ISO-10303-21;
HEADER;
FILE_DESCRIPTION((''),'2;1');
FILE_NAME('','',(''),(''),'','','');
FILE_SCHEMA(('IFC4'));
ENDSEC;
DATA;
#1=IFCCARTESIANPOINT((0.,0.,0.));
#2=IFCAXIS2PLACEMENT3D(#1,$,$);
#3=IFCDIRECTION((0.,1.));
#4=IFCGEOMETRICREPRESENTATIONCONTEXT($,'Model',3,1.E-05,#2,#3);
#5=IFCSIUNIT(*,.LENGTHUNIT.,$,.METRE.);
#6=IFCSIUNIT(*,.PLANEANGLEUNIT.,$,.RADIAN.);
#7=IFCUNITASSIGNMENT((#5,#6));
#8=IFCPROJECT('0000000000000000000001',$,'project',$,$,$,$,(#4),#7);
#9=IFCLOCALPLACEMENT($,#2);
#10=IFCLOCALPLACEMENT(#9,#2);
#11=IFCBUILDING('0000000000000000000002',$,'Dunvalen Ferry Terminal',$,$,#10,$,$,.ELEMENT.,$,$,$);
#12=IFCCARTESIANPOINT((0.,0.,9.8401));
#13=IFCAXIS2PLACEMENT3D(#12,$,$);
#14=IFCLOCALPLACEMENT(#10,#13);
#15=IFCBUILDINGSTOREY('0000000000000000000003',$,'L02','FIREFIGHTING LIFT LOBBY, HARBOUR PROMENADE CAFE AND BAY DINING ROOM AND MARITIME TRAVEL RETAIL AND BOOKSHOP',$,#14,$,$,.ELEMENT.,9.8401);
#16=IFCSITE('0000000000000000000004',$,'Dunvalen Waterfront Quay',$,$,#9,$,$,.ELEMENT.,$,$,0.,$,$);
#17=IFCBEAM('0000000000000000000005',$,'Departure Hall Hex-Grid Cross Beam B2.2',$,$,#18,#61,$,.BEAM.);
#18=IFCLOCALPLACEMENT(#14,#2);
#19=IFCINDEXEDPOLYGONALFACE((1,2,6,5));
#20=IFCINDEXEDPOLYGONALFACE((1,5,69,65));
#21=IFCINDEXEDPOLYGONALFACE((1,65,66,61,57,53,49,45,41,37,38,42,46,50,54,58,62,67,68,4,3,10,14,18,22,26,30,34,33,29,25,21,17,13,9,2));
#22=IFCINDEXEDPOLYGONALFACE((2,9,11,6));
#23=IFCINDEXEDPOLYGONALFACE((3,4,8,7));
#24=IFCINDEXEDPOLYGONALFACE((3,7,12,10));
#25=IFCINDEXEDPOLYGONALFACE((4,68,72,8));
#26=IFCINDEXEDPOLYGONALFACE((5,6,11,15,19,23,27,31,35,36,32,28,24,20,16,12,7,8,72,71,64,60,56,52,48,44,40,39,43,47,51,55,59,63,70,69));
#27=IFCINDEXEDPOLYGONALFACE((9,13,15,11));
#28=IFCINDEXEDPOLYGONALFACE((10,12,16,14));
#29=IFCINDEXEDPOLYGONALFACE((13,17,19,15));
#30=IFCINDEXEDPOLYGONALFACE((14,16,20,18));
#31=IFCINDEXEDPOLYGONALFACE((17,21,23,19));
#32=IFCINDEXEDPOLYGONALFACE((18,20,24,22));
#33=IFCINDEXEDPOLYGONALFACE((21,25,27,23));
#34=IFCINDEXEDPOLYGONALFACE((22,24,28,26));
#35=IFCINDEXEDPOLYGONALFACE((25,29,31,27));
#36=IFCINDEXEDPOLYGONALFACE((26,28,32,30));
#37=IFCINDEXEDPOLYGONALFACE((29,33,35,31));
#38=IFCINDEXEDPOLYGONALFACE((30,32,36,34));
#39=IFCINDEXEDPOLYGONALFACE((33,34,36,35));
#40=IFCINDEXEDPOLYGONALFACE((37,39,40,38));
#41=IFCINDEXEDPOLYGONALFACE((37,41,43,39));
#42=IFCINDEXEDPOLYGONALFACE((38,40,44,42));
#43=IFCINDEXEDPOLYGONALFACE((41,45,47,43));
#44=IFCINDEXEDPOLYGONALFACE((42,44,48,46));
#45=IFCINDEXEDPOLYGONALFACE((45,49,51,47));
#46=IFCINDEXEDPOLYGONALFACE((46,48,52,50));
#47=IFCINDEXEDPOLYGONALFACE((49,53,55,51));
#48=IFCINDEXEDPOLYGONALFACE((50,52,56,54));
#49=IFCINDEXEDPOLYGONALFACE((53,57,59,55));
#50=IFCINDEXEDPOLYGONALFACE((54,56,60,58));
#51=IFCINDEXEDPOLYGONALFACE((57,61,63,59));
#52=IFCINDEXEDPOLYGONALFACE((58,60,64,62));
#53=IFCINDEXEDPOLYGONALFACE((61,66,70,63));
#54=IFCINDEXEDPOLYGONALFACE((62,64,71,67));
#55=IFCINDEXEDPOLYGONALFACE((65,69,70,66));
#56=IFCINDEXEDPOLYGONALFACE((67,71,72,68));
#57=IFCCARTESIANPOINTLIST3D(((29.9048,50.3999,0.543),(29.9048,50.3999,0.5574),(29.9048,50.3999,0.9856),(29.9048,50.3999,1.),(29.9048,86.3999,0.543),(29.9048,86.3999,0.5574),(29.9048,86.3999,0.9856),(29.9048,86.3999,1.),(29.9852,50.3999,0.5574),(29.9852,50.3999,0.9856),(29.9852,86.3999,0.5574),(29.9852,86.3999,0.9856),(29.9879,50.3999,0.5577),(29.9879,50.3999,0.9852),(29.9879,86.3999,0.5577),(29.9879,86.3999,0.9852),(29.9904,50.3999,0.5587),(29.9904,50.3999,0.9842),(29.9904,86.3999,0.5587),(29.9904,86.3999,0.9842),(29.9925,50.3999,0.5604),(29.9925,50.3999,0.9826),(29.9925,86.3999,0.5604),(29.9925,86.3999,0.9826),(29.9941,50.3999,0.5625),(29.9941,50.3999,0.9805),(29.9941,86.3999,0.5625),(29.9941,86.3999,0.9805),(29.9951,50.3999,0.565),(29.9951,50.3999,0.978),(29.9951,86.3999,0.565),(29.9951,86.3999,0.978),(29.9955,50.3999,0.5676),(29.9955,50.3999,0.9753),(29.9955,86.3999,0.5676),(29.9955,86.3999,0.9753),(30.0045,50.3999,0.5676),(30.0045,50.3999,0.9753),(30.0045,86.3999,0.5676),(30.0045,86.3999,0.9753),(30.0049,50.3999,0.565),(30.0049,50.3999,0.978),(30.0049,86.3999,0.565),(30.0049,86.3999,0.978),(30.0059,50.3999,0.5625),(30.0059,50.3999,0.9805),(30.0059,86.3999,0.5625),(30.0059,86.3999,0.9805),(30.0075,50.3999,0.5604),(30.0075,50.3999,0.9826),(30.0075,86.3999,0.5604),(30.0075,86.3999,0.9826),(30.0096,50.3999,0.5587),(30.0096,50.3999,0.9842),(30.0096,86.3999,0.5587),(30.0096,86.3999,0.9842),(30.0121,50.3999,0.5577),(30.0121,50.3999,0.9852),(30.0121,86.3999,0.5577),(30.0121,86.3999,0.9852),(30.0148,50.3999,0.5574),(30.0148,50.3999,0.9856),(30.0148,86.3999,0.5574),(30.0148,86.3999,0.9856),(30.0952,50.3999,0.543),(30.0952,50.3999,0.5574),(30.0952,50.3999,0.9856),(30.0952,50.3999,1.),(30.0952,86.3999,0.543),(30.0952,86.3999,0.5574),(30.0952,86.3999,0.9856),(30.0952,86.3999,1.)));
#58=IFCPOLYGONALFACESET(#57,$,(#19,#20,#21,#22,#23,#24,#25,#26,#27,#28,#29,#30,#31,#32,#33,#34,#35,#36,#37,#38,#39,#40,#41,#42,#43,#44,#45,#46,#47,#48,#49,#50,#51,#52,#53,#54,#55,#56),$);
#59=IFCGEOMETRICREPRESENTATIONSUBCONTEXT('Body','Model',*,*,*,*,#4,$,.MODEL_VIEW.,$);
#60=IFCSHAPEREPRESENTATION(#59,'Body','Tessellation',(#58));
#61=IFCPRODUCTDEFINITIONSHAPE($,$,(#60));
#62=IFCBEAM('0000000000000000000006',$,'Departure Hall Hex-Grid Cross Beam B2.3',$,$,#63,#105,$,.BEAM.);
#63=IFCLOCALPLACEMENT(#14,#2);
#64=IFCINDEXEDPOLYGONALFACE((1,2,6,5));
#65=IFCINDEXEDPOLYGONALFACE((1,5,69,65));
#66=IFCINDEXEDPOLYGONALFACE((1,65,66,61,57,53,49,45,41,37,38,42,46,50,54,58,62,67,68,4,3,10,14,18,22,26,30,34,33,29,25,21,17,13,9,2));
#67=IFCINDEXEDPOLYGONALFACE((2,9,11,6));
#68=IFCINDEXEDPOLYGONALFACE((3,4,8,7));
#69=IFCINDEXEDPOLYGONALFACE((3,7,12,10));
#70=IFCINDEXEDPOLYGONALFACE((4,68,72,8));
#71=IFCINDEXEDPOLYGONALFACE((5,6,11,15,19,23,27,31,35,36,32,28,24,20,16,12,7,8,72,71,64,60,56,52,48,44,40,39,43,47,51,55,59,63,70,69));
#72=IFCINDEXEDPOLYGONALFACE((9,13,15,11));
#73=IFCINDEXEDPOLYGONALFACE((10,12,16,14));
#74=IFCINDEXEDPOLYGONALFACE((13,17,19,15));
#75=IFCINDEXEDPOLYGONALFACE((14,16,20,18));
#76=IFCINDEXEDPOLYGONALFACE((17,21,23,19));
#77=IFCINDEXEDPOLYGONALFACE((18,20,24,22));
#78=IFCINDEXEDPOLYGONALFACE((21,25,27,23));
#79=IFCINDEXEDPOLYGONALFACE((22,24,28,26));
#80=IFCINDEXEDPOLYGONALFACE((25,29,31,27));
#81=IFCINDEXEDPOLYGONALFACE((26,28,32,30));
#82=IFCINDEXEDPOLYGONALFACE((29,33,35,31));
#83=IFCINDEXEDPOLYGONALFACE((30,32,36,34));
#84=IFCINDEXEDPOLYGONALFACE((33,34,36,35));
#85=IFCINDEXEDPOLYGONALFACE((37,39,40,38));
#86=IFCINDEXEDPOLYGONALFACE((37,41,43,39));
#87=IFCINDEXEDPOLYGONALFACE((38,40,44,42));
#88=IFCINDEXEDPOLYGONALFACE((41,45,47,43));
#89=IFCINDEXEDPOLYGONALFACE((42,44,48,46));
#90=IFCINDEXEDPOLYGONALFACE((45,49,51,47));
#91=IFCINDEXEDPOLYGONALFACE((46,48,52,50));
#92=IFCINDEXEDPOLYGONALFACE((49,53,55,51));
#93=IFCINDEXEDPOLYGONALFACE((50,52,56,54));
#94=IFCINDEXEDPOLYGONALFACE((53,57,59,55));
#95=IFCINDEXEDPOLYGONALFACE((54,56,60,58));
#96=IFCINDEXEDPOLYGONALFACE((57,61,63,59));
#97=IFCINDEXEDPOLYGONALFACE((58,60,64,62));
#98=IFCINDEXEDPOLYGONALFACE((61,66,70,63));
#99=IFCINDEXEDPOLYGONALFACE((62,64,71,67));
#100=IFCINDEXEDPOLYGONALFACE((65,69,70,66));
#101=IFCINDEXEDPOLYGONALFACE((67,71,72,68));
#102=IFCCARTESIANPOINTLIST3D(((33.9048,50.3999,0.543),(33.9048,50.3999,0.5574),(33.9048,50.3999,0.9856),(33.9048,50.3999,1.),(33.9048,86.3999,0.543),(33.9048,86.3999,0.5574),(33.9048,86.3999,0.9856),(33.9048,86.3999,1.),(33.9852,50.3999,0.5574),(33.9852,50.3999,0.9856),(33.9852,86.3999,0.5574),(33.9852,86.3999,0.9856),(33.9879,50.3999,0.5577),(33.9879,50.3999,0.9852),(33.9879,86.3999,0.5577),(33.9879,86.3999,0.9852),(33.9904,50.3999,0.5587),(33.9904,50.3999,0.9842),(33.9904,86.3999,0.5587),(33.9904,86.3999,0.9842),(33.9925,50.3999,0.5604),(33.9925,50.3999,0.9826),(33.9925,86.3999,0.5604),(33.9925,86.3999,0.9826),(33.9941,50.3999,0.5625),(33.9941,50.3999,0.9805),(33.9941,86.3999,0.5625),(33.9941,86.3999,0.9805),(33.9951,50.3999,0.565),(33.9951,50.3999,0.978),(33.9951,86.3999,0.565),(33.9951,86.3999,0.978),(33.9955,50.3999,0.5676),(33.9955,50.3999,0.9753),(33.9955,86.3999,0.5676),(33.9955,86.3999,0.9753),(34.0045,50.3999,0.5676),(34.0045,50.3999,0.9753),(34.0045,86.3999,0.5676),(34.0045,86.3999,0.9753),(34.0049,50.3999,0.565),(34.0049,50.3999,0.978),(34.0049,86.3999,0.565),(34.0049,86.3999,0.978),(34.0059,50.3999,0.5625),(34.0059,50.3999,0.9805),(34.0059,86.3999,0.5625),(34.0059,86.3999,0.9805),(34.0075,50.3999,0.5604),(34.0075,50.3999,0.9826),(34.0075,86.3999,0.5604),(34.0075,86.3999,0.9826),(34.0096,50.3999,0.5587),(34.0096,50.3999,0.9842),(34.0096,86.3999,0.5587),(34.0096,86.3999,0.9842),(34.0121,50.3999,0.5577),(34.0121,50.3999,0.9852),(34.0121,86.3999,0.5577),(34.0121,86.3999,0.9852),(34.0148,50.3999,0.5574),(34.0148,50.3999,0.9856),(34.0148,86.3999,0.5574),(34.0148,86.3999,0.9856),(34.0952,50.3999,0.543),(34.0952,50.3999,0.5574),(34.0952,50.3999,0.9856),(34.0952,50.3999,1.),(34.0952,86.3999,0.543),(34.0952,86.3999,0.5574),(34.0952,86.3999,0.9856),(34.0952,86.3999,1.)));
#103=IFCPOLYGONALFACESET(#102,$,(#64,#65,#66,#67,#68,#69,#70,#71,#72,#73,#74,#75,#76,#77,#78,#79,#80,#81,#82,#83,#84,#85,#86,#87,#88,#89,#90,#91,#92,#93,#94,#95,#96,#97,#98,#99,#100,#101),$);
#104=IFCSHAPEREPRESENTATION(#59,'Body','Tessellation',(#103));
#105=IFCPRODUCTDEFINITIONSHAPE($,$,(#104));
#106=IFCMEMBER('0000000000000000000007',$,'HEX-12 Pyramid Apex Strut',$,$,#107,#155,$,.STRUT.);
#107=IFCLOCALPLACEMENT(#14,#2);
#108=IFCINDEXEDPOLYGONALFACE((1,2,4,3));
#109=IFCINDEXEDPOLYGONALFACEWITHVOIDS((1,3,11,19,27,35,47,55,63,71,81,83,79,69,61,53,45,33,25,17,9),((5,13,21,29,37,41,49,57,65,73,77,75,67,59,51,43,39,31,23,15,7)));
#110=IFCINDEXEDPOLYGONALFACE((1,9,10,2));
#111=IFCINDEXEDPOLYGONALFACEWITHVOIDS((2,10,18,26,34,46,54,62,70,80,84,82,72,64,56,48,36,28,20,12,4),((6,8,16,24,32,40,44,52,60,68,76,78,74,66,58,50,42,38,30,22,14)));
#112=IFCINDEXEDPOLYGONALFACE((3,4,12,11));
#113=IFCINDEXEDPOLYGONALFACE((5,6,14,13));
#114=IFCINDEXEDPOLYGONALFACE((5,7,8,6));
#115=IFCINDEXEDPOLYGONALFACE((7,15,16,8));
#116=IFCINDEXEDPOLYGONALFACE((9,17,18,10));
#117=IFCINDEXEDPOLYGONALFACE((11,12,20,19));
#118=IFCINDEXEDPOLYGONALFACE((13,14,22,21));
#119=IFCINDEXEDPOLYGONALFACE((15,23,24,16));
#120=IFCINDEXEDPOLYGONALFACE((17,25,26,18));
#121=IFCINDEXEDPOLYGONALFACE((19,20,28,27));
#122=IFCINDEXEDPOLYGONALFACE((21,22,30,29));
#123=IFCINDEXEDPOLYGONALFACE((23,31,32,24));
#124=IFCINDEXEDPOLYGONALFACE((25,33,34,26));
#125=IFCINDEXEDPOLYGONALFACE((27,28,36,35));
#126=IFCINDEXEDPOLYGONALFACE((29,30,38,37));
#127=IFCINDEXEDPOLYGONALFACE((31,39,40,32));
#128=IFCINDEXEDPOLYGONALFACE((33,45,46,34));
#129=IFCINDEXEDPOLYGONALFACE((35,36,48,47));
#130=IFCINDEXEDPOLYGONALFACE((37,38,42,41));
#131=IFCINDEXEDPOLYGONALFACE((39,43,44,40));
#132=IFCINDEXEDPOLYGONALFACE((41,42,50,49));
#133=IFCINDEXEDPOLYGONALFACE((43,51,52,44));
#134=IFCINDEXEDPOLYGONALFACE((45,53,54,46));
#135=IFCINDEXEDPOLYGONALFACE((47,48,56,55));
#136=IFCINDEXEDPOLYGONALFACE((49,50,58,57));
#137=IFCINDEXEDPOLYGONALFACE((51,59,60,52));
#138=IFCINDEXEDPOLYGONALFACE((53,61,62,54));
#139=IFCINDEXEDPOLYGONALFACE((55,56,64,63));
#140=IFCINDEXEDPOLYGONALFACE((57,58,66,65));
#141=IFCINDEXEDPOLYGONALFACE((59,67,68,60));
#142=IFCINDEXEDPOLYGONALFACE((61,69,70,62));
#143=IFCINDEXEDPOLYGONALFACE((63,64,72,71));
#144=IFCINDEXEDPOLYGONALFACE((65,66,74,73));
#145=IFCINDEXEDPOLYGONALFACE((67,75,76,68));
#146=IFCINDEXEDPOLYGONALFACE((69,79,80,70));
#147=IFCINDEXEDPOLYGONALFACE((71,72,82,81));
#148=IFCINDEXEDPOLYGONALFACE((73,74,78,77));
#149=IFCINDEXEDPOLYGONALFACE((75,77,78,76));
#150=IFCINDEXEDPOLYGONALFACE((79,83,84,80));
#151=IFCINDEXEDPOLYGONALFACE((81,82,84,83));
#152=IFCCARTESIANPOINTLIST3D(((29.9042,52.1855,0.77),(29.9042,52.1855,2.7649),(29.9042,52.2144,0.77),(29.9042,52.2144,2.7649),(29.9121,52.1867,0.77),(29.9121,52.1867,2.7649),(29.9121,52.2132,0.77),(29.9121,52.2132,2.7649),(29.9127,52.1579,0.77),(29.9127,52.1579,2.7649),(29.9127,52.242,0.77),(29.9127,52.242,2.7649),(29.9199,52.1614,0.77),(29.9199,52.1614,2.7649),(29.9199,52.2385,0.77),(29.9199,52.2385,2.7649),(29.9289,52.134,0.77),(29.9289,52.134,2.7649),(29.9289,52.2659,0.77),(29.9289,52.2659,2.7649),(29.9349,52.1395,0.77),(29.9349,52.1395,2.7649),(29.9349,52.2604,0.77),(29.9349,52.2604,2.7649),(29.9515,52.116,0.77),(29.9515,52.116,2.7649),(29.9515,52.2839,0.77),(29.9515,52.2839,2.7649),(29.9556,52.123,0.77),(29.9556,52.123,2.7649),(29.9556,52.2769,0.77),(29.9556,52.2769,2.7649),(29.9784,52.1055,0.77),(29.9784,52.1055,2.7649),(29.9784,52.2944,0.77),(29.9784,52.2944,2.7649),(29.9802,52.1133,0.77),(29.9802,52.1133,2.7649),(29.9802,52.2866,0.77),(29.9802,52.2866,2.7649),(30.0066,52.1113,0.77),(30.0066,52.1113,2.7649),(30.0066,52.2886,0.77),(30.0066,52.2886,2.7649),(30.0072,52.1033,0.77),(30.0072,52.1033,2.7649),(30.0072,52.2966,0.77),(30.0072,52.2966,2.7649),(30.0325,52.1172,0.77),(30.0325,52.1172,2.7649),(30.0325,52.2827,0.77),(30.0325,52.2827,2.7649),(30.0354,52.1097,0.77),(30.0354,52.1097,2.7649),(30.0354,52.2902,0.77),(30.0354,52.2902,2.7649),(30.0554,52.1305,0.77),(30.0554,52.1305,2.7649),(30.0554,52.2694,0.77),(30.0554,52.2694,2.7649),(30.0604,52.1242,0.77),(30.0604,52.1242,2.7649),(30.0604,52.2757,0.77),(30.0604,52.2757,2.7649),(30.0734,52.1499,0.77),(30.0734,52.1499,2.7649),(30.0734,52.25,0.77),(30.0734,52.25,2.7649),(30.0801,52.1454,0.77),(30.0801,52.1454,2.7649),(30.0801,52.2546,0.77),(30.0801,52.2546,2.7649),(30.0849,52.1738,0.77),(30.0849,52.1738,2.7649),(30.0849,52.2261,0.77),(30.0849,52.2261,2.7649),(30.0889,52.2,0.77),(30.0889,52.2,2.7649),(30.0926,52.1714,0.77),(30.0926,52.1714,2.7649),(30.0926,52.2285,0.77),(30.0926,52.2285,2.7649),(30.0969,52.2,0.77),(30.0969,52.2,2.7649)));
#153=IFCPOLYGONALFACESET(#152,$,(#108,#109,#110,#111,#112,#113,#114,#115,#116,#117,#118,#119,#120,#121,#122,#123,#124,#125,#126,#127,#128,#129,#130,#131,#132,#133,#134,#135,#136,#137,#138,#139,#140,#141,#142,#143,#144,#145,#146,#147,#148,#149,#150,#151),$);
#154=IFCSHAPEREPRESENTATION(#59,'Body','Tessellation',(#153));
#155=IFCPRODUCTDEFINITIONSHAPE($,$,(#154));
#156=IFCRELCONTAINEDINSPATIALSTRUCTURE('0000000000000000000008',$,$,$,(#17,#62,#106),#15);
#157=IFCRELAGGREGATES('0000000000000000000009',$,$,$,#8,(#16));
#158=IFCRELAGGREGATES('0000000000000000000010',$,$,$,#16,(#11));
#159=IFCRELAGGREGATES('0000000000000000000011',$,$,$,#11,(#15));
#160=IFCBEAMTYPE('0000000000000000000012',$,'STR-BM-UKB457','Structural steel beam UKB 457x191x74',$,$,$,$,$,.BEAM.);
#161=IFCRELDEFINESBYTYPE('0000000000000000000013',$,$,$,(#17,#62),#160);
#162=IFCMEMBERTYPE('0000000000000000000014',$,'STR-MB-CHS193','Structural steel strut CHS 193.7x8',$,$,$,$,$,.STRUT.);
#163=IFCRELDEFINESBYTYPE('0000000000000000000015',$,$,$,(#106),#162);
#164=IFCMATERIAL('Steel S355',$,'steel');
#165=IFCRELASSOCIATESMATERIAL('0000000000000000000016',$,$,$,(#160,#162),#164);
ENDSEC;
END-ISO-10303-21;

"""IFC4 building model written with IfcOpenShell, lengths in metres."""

from ifc_helpers import new_model, si_unit, direction, frame, origin, origin_2d, place, context, subcontext, project, spatial, hollow_circle, i_section, extrude, material, material_profile, profile_set, type_object, element, save


model = new_model("IFC4")

# Units and contexts
model_context = context("Model", 3, precision=1e-05, world=origin(), true_north=direction((0.0, 1.0)))
body_context = subcontext(model_context, "Body", "Model", "MODEL_VIEW")
ifc_project = project(units=[si_unit("LENGTHUNIT", "METRE"), si_unit("PLANEANGLEUNIT", "RADIAN")], contexts=[model_context])

# Site, building, storey
site_placement = place(None, origin())
site = spatial("IfcSite", under=ifc_project, at=site_placement, Name="Dunvalen Waterfront Quay", CompositionType="ELEMENT", RefElevation=0.0)
building_placement = place(site_placement, origin())
building = spatial("IfcBuilding", under=site, at=building_placement, Name="Dunvalen Ferry Terminal", CompositionType="ELEMENT")
storey_placement = place(building_placement, frame((0.0, 0.0, 9.8401)))
storey = spatial("IfcBuildingStorey", under=building, at=storey_placement, Name="L02", Description="FIREFIGHTING LIFT LOBBY, HARBOUR PROMENADE CAFE AND BAY DINING ROOM AND MARITIME TRAVEL RETAIL AND BOOKSHOP", CompositionType="ELEMENT", Elevation=9.8401)

# Beams
ifc_material_1 = material(Name="Steel S355", Category="steel")
ifc_material_profile_1 = material_profile(ifc_material_1, i_section(OverallWidth=0.1904, OverallDepth=0.457, WebThickness=0.009, FlangeThickness=0.0144, FilletRadius=0.0103, at=origin_2d()), Name="Steel S355")
ifc_profile_set_1 = profile_set([ifc_material_profile_1], Name="Steel S355")
beam_type_1 = type_object("IfcBeamType", Name="STR-BM-UKB457", Description="Structural steel beam UKB 457x191x74", PredefinedType="BEAM", material=ifc_profile_set_1)
for number, where, z_axis, x_axis, name in (
    (1, (30.0, 50.3999, 0.7715), (0.0, 1.0, 0.0), (-1.0, 0.0, 0.0), "Departure Hall Hex-Grid Cross Beam B2.2"),
    (2, (34.0, 50.3999, 0.7715), (0.0, 1.0, 0.0), (-1.0, 0.0, 0.0), "Departure Hall Hex-Grid Cross Beam B2.3"),
):
    element("IfcBeam", number, at=place(storey_placement, frame(where, z_axis=z_axis, x_axis=x_axis)), inside=storey, type_object=beam_type_1, Name=name, PredefinedType="BEAM", context=body_context, shape_type="SweptSolid", body=[
        extrude(i_section(OverallWidth=0.1904, OverallDepth=0.457, WebThickness=0.009, FlangeThickness=0.0144, FilletRadius=0.0103, at=origin_2d()), origin(), (0.0, 0.0, 1.0), 36.0),
    ])

# Member
ifc_material_profile_2 = material_profile(ifc_material_1, hollow_circle(Radius=0.0969, WallThickness=0.0081, at=origin_2d()), Name="Steel S355")
ifc_profile_set_2 = profile_set([ifc_material_profile_2], Name="Steel S355")
member_type_1 = type_object("IfcMemberType", Name="STR-MB-CHS193", Description="Structural steel strut CHS 193.7x8", PredefinedType="STRUT", material=ifc_profile_set_2)
member_1_placement = place(storey_placement, frame((30.0, 52.2, 0.77), z_axis=(0.0, 0.0, 1.0), x_axis=(1.0, 0.0, 0.0)))
element("IfcMember", 3, at=member_1_placement, inside=storey, type_object=member_type_1, Name="HEX-12 Pyramid Apex Strut", PredefinedType="STRUT", context=body_context, shape_type="SweptSolid", body=[
    extrude(hollow_circle(Radius=0.0969, WallThickness=0.0081, at=origin_2d()), origin(), (0.0, 0.0, 1.0), 1.9949),
])

save(model, "model.ifc")
